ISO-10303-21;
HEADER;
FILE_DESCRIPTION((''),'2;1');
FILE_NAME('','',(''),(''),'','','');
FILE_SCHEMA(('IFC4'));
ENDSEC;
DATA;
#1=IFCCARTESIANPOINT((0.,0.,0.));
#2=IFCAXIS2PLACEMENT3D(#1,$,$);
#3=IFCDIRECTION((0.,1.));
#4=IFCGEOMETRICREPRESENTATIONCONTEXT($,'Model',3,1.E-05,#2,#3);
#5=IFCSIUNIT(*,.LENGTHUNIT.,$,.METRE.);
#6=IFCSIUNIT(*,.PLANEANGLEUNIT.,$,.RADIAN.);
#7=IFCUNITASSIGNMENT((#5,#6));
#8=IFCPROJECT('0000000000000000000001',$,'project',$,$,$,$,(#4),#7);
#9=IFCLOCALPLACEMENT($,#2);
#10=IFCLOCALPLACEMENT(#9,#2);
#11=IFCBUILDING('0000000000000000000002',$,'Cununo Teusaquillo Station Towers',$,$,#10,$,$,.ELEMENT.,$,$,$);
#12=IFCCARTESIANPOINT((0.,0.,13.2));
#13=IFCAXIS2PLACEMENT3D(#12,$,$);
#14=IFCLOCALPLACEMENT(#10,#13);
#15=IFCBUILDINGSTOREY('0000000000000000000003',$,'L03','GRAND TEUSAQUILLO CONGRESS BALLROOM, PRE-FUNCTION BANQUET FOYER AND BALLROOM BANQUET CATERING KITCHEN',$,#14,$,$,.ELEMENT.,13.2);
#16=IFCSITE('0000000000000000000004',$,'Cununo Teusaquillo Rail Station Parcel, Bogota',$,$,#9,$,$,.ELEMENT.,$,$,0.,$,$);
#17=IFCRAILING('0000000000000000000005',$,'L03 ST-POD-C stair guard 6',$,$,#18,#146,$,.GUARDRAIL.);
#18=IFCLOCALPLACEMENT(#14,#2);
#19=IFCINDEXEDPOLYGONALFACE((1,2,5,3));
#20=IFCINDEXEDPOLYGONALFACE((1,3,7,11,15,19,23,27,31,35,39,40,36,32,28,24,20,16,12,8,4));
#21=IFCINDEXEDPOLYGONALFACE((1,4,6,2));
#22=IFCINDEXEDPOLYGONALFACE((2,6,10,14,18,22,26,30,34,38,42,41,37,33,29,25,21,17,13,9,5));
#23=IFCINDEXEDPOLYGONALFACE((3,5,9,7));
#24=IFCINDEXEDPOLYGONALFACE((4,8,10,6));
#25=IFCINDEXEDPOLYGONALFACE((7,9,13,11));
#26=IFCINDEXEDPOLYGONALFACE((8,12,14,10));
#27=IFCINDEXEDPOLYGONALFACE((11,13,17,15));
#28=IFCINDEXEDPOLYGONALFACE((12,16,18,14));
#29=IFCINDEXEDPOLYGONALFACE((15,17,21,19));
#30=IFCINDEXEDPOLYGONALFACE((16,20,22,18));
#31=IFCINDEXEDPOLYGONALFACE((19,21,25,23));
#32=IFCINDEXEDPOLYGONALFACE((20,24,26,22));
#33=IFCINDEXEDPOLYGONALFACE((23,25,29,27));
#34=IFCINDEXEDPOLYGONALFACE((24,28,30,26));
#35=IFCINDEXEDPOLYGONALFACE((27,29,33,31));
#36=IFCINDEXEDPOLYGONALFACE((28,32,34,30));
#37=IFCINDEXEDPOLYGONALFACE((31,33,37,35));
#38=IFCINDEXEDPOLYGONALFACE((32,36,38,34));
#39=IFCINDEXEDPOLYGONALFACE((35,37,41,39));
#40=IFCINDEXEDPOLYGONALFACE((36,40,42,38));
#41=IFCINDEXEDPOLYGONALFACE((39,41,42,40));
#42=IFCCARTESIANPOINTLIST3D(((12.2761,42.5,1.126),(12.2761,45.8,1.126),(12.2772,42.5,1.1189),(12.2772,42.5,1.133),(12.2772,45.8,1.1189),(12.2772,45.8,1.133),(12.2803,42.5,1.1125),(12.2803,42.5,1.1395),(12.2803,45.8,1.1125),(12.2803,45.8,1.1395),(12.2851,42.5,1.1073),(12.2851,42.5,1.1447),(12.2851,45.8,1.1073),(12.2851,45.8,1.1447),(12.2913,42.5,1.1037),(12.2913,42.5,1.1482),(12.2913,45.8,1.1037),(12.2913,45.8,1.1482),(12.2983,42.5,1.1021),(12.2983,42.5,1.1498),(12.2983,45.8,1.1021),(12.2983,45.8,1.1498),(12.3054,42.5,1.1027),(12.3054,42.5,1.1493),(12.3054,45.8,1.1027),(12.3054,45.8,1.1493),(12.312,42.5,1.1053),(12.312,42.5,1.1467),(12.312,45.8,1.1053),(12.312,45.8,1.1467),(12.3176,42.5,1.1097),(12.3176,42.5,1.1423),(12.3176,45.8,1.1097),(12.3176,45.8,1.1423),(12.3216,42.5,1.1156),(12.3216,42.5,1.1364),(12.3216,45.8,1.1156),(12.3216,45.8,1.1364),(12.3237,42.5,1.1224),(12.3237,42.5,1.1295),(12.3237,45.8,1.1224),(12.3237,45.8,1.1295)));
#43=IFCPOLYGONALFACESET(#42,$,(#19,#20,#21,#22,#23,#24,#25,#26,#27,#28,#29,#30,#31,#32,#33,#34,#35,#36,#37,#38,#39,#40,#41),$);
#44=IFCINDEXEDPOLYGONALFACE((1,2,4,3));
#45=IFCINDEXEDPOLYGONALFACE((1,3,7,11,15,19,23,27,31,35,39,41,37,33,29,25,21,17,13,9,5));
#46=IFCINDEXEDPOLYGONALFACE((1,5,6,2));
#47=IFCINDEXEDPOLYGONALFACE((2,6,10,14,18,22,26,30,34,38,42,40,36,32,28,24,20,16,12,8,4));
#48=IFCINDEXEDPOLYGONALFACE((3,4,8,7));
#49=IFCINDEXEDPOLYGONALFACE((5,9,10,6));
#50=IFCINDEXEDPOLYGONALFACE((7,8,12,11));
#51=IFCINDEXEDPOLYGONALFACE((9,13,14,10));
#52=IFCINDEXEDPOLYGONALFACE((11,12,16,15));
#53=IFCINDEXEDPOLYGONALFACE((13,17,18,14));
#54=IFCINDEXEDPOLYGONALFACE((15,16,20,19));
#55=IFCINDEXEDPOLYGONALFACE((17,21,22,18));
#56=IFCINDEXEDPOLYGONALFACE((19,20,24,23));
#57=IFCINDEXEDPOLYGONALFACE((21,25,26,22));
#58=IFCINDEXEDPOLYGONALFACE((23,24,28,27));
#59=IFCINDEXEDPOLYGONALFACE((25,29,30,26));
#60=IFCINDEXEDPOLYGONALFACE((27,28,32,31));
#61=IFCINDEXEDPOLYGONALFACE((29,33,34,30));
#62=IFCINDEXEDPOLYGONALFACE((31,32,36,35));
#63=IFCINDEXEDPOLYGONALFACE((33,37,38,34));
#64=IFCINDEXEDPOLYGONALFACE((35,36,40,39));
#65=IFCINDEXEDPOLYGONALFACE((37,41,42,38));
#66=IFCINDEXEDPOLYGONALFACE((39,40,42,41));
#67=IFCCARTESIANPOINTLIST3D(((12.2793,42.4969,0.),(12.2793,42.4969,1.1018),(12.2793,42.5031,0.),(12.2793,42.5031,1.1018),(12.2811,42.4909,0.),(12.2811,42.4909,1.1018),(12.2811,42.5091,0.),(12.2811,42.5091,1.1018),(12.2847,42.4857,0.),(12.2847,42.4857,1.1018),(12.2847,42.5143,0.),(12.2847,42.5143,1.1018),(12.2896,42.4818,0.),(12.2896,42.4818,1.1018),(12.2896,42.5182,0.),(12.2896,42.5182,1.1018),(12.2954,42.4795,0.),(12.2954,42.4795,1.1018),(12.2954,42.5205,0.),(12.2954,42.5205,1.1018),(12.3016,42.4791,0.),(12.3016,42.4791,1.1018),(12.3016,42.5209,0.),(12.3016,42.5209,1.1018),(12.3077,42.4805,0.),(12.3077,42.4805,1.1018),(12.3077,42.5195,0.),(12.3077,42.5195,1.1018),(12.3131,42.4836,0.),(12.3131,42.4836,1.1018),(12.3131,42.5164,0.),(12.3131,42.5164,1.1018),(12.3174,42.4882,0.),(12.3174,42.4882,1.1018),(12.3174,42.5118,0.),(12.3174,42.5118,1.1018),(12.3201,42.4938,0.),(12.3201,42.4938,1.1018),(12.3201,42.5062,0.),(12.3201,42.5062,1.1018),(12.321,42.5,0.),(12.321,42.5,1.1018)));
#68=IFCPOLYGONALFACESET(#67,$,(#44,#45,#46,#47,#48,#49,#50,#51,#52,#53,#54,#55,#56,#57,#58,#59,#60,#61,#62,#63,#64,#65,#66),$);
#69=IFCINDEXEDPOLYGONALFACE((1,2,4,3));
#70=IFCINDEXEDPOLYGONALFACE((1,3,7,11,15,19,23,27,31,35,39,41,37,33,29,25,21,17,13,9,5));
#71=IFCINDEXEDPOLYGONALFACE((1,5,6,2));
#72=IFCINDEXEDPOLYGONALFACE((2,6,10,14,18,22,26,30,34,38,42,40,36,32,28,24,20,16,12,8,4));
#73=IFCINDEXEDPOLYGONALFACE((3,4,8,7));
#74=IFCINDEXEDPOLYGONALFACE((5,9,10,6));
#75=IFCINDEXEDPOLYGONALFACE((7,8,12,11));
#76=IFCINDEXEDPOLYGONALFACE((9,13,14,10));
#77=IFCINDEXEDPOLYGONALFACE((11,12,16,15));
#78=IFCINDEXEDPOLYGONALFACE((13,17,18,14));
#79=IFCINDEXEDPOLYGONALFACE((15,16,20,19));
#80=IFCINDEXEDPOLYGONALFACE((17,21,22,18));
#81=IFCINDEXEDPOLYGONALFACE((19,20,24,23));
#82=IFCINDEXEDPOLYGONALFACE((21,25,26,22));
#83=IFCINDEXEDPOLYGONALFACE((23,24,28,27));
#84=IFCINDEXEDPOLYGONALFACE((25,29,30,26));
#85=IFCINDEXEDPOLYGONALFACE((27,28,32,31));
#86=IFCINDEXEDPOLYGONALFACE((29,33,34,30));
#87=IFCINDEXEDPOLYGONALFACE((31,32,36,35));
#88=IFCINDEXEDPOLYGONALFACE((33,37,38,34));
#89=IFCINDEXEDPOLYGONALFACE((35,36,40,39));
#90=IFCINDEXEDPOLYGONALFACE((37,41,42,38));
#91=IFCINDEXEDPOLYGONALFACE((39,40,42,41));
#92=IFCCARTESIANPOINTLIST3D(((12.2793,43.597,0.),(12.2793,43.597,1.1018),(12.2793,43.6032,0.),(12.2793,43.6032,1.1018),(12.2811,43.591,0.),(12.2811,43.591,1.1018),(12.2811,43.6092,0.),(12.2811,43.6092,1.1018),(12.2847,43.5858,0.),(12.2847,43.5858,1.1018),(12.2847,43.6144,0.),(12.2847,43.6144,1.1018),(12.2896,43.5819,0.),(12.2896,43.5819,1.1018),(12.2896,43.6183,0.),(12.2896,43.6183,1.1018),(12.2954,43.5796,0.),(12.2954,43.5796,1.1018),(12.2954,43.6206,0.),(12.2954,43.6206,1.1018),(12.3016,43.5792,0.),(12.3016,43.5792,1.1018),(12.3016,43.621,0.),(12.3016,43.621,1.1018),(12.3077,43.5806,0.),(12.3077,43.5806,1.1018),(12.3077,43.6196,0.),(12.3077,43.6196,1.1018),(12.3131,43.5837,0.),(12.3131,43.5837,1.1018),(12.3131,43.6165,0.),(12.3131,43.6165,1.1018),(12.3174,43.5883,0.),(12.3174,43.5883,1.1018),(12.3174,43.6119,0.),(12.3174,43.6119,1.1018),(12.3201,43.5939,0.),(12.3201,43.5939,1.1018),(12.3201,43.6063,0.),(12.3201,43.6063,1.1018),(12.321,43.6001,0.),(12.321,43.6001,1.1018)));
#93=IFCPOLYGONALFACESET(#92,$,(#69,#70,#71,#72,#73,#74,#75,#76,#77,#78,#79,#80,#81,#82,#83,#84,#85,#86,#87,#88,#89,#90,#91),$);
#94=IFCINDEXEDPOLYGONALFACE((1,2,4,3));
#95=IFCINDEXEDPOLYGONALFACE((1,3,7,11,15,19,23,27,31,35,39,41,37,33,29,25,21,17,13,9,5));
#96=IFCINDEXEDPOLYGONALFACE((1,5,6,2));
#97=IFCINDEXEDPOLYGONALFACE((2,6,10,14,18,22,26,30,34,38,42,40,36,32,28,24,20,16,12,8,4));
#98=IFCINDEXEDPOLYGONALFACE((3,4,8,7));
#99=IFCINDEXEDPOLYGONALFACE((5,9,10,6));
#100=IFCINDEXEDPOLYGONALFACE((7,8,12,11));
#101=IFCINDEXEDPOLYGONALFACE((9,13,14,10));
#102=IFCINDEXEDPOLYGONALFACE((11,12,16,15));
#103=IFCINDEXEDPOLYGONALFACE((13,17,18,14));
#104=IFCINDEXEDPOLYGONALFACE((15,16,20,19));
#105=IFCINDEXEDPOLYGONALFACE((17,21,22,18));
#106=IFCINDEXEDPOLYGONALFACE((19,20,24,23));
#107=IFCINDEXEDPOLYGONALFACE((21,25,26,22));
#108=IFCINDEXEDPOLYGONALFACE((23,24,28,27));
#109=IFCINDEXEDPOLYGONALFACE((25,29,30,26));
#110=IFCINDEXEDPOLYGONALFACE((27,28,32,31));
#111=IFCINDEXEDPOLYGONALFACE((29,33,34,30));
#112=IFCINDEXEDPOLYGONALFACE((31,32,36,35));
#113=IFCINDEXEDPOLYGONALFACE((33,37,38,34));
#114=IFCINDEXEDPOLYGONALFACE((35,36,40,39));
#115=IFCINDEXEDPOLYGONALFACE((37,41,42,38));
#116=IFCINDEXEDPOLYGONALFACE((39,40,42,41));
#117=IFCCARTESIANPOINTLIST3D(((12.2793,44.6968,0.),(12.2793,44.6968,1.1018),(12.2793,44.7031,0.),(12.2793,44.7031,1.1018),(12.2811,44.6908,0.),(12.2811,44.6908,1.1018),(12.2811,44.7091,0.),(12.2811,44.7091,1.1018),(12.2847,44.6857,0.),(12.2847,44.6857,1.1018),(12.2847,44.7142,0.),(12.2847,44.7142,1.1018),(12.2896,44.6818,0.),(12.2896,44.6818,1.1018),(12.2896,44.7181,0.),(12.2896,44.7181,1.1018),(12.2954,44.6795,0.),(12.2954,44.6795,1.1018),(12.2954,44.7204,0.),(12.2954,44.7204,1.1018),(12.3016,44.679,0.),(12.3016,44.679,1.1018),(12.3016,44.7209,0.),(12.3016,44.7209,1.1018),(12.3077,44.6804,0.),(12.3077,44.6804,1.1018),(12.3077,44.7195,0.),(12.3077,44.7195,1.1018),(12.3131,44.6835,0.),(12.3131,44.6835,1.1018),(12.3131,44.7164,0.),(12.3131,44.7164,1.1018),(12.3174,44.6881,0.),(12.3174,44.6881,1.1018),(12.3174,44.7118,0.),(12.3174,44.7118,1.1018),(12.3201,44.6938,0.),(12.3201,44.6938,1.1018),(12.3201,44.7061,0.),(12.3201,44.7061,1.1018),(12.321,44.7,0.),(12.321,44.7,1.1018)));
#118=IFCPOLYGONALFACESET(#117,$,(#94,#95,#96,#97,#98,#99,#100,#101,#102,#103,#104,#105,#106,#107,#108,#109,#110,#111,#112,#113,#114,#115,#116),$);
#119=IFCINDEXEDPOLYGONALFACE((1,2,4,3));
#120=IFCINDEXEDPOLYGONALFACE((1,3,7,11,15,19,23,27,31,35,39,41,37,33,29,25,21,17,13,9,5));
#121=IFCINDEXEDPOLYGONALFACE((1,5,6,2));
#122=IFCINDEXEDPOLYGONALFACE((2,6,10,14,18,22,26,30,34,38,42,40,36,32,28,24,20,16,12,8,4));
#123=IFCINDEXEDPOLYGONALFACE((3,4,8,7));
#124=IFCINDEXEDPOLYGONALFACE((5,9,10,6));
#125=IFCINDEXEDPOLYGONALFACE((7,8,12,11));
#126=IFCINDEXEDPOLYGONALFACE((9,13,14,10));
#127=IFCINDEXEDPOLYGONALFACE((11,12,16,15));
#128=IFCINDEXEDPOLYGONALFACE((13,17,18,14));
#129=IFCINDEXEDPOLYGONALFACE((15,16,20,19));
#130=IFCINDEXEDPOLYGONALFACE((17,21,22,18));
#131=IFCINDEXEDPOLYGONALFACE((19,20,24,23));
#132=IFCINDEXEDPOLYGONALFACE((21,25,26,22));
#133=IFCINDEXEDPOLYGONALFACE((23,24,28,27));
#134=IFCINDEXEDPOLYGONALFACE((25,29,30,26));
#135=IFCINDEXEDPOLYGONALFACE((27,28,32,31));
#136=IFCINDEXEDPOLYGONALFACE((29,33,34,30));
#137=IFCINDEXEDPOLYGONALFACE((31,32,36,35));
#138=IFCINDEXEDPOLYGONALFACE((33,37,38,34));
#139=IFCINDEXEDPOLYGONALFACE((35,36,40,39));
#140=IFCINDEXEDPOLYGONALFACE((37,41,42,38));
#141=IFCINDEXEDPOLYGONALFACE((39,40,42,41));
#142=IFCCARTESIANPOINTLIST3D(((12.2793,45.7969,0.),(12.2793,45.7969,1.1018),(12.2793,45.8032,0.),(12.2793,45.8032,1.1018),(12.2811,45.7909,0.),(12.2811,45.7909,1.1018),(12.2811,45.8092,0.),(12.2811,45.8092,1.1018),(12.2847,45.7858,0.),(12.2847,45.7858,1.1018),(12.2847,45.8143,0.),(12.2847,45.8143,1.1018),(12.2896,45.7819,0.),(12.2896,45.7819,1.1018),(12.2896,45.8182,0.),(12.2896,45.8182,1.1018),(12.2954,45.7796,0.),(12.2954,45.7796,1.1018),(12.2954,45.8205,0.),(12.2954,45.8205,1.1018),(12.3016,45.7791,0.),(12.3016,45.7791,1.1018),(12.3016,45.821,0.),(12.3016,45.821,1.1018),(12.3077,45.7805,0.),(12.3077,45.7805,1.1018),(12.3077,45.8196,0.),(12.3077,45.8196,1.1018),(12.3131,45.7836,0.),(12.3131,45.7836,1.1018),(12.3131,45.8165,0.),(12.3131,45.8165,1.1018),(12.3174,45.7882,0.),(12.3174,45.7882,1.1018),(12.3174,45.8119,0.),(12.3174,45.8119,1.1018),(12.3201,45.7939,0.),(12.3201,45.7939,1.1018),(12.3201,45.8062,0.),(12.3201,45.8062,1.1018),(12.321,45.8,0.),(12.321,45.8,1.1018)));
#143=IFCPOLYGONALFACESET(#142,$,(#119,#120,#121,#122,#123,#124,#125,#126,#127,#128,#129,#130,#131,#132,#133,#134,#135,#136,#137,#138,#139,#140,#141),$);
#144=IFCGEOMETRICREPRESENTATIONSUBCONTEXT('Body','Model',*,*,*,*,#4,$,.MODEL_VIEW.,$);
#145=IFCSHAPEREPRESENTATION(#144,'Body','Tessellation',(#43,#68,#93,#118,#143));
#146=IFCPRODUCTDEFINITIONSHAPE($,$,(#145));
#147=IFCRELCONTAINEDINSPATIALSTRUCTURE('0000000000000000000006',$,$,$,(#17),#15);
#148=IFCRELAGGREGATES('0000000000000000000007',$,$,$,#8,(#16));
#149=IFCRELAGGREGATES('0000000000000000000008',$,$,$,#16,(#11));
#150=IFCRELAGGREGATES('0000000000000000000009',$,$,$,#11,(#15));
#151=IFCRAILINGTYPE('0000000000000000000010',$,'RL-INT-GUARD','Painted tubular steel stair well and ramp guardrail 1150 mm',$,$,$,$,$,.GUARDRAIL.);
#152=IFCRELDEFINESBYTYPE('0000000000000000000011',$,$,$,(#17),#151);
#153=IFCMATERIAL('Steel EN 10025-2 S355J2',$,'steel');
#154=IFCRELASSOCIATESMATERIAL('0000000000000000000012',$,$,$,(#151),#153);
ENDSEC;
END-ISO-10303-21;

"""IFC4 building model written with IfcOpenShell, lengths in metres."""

from ifc_helpers import new_model, si_unit, direction, frame, origin, origin_2d, place, context, subcontext, project, spatial, circle, extrude, material, type_object, element, save


model = new_model("IFC4")

# Units and contexts
model_context = context("Model", 3, precision=1e-05, world=origin(), true_north=direction((0.0, 1.0)))
body_context = subcontext(model_context, "Body", "Model", "MODEL_VIEW")
ifc_project = project(units=[si_unit("LENGTHUNIT", "METRE"), si_unit("PLANEANGLEUNIT", "RADIAN")], contexts=[model_context])

# Site, building, storey
site_placement = place(None, origin())
site = spatial("IfcSite", under=ifc_project, at=site_placement, Name="Cununo Teusaquillo Rail Station Parcel, Bogota", CompositionType="ELEMENT", RefElevation=0.0)
building_placement = place(site_placement, origin())
building = spatial("IfcBuilding", under=site, at=building_placement, Name="Cununo Teusaquillo Station Towers", CompositionType="ELEMENT")
storey_placement = place(building_placement, frame((0.0, 0.0, 13.2)))
storey = spatial("IfcBuildingStorey", under=building, at=storey_placement, Name="L03", Description="GRAND TEUSAQUILLO CONGRESS BALLROOM, PRE-FUNCTION BANQUET FOYER AND BALLROOM BANQUET CATERING KITCHEN", CompositionType="ELEMENT", Elevation=13.2)

# Railing
ifc_material_1 = material(Name="Steel EN 10025-2 S355J2", Category="steel")
railing_type_1 = type_object("IfcRailingType", Name="RL-INT-GUARD", Description="Painted tubular steel stair well and ramp guardrail 1150 mm", PredefinedType="GUARDRAIL", material=ifc_material_1)
railing_1_placement = place(storey_placement, frame((12.3, 42.5, 0.0)))
element("IfcRailing", 1, at=railing_1_placement, inside=storey, type_object=railing_type_1, Name="L03 ST-POD-C stair guard 6", PredefinedType="GUARDRAIL", context=body_context, shape_type="SweptSolid", body=[
    extrude(circle(Radius=0.0239, at=origin_2d()), frame((0.0, 0.0, 1.126), z_axis=(0.0, 1.0, 0.0), x_axis=(-1.0, 0.0, 0.0)), (0.0, 0.0, 1.0), 3.3),
    extrude(circle(Radius=0.021, at=origin_2d()), origin(), (0.0, 0.0, 1.0), 1.1018),
    extrude(circle(Radius=0.021, at=origin_2d()), frame((0.0, 1.1001, 0.0)), (0.0, 0.0, 1.0), 1.1018),
    extrude(circle(Radius=0.021, at=origin_2d()), frame((0.0, 2.2, 0.0)), (0.0, 0.0, 1.0), 1.1018),
    extrude(circle(Radius=0.021, at=origin_2d()), frame((0.0, 3.3, 0.0)), (0.0, 0.0, 1.0), 1.1018),
])

save(model, "model.ifc")
